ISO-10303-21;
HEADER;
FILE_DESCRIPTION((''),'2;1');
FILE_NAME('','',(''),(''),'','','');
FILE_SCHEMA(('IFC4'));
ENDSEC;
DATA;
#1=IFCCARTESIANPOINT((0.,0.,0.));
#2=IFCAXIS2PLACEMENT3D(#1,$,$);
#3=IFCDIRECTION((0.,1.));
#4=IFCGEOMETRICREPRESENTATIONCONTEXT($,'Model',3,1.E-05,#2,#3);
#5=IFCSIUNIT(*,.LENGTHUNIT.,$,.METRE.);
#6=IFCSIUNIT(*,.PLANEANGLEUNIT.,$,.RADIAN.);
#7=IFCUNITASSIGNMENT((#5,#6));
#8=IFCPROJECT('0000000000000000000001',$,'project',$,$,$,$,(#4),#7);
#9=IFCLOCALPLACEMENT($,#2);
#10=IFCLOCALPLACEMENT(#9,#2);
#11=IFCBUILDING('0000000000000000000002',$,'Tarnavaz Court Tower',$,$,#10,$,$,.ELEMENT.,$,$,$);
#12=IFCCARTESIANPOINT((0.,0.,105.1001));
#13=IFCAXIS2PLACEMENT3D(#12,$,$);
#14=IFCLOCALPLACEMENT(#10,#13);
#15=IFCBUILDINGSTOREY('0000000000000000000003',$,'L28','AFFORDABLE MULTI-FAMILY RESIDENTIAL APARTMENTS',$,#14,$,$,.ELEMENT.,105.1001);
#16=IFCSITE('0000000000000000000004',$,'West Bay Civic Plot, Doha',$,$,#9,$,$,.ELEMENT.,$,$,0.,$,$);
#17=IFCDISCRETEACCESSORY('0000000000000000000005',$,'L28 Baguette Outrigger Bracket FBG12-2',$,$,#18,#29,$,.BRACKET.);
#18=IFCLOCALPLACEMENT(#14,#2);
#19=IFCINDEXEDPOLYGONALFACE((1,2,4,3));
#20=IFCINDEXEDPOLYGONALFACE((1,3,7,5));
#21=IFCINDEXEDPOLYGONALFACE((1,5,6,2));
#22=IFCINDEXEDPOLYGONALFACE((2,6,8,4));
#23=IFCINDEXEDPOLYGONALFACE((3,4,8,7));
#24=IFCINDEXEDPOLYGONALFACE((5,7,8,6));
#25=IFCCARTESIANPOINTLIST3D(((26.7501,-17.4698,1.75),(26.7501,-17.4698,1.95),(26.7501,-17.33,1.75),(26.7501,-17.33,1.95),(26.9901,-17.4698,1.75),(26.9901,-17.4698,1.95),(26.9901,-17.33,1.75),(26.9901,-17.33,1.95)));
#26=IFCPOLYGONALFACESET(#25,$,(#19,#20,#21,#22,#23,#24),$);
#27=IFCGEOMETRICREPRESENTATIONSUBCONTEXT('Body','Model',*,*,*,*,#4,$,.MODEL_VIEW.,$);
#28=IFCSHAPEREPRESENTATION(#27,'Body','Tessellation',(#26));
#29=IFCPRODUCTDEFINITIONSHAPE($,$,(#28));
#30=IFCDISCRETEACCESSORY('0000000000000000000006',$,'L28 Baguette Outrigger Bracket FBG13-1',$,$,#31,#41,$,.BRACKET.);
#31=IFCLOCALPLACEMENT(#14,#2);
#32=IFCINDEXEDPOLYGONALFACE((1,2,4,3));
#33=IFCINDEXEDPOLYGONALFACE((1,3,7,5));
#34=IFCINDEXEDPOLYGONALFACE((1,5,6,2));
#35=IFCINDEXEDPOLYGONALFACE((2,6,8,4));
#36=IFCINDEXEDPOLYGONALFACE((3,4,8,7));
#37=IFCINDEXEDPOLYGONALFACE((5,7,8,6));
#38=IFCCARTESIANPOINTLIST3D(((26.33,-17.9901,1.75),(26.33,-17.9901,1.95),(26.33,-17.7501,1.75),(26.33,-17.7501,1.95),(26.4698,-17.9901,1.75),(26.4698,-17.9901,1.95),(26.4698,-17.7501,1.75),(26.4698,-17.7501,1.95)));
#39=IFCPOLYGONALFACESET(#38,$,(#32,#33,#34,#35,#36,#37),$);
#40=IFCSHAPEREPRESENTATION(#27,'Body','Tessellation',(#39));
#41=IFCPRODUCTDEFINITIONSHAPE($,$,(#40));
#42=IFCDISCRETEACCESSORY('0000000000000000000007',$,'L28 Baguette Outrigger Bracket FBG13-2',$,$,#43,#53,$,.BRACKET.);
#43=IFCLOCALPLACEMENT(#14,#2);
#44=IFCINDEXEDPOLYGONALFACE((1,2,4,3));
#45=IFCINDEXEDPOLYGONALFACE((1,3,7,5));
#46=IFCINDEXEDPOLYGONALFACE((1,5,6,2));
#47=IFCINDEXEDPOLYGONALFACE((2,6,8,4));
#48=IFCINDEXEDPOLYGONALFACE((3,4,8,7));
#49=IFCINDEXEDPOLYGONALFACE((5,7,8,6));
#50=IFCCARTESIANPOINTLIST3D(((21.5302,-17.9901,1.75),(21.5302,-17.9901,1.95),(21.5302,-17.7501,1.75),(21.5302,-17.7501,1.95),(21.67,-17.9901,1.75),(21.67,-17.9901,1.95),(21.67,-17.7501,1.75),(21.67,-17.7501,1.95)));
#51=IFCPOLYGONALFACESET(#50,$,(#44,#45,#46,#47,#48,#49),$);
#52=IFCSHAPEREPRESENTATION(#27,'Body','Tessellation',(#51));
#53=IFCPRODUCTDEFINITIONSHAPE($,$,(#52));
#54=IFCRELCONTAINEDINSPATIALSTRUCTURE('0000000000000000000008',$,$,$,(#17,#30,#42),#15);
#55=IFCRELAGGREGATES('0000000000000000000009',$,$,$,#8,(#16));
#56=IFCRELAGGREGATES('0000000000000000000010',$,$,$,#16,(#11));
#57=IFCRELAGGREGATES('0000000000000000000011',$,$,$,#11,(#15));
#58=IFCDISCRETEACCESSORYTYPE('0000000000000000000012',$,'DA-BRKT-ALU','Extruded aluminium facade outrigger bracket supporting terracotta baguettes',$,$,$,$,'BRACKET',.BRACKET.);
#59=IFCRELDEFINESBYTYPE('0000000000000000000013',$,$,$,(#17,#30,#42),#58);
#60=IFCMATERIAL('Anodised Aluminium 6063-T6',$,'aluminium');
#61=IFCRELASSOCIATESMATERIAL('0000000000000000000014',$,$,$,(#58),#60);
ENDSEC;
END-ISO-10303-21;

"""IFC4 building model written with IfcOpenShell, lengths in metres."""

from ifc_helpers import new_model, si_unit, direction, frame, origin, origin_2d, place, context, subcontext, project, spatial, rectangle, extrude, material, type_object, element, save


model = new_model("IFC4")

# Units and contexts
model_context = context("Model", 3, precision=1e-05, world=origin(), true_north=direction((0.0, 1.0)))
body_context = subcontext(model_context, "Body", "Model", "MODEL_VIEW")
ifc_project = project(units=[si_unit("LENGTHUNIT", "METRE"), si_unit("PLANEANGLEUNIT", "RADIAN")], contexts=[model_context])

# Site, building, storey
site_placement = place(None, origin())
site = spatial("IfcSite", under=ifc_project, at=site_placement, Name="West Bay Civic Plot, Doha", CompositionType="ELEMENT", RefElevation=0.0)
building_placement = place(site_placement, origin())
building = spatial("IfcBuilding", under=site, at=building_placement, Name="Tarnavaz Court Tower", CompositionType="ELEMENT")
storey_placement = place(building_placement, frame((0.0, 0.0, 105.1001)))
storey = spatial("IfcBuildingStorey", under=building, at=storey_placement, Name="L28", Description="AFFORDABLE MULTI-FAMILY RESIDENTIAL APARTMENTS", CompositionType="ELEMENT", Elevation=105.1001)

# Discrete accessories
ifc_material_1 = material(Name="Anodised Aluminium 6063-T6", Category="aluminium")
discrete_accessory_type = type_object("IfcDiscreteAccessoryType", Name="DA-BRKT-ALU", Description="Extruded aluminium facade outrigger bracket supporting terracotta baguettes", ElementType="BRACKET", PredefinedType="BRACKET", material=ifc_material_1)
for number, where, z_axis, x_axis, name in (
    (1, (26.8701, -17.3999, 1.75), (0.0, 0.0, 1.0), (0.0, -1.0, 0.0), "L28 Baguette Outrigger Bracket FBG12-2"),
    (2, (26.3999, -17.8701, 1.75), (0.0, 0.0, 1.0), (-1.0, 0.0, 0.0), "L28 Baguette Outrigger Bracket FBG13-1"),
    (3, (21.6001, -17.8701, 1.75), (0.0, 0.0, 1.0), (-1.0, 0.0, 0.0), "L28 Baguette Outrigger Bracket FBG13-2"),
):
    element("IfcDiscreteAccessory", number, at=place(storey_placement, frame(where, z_axis=z_axis, x_axis=x_axis)), inside=storey, type_object=discrete_accessory_type, Name=name, PredefinedType="BRACKET", context=body_context, shape_type="SweptSolid", body=[
        extrude(rectangle(XDim=0.1399, YDim=0.24, at=origin_2d()), origin(), (0.0, 0.0, 1.0), 0.2),
    ])

save(model, "model.ifc")
